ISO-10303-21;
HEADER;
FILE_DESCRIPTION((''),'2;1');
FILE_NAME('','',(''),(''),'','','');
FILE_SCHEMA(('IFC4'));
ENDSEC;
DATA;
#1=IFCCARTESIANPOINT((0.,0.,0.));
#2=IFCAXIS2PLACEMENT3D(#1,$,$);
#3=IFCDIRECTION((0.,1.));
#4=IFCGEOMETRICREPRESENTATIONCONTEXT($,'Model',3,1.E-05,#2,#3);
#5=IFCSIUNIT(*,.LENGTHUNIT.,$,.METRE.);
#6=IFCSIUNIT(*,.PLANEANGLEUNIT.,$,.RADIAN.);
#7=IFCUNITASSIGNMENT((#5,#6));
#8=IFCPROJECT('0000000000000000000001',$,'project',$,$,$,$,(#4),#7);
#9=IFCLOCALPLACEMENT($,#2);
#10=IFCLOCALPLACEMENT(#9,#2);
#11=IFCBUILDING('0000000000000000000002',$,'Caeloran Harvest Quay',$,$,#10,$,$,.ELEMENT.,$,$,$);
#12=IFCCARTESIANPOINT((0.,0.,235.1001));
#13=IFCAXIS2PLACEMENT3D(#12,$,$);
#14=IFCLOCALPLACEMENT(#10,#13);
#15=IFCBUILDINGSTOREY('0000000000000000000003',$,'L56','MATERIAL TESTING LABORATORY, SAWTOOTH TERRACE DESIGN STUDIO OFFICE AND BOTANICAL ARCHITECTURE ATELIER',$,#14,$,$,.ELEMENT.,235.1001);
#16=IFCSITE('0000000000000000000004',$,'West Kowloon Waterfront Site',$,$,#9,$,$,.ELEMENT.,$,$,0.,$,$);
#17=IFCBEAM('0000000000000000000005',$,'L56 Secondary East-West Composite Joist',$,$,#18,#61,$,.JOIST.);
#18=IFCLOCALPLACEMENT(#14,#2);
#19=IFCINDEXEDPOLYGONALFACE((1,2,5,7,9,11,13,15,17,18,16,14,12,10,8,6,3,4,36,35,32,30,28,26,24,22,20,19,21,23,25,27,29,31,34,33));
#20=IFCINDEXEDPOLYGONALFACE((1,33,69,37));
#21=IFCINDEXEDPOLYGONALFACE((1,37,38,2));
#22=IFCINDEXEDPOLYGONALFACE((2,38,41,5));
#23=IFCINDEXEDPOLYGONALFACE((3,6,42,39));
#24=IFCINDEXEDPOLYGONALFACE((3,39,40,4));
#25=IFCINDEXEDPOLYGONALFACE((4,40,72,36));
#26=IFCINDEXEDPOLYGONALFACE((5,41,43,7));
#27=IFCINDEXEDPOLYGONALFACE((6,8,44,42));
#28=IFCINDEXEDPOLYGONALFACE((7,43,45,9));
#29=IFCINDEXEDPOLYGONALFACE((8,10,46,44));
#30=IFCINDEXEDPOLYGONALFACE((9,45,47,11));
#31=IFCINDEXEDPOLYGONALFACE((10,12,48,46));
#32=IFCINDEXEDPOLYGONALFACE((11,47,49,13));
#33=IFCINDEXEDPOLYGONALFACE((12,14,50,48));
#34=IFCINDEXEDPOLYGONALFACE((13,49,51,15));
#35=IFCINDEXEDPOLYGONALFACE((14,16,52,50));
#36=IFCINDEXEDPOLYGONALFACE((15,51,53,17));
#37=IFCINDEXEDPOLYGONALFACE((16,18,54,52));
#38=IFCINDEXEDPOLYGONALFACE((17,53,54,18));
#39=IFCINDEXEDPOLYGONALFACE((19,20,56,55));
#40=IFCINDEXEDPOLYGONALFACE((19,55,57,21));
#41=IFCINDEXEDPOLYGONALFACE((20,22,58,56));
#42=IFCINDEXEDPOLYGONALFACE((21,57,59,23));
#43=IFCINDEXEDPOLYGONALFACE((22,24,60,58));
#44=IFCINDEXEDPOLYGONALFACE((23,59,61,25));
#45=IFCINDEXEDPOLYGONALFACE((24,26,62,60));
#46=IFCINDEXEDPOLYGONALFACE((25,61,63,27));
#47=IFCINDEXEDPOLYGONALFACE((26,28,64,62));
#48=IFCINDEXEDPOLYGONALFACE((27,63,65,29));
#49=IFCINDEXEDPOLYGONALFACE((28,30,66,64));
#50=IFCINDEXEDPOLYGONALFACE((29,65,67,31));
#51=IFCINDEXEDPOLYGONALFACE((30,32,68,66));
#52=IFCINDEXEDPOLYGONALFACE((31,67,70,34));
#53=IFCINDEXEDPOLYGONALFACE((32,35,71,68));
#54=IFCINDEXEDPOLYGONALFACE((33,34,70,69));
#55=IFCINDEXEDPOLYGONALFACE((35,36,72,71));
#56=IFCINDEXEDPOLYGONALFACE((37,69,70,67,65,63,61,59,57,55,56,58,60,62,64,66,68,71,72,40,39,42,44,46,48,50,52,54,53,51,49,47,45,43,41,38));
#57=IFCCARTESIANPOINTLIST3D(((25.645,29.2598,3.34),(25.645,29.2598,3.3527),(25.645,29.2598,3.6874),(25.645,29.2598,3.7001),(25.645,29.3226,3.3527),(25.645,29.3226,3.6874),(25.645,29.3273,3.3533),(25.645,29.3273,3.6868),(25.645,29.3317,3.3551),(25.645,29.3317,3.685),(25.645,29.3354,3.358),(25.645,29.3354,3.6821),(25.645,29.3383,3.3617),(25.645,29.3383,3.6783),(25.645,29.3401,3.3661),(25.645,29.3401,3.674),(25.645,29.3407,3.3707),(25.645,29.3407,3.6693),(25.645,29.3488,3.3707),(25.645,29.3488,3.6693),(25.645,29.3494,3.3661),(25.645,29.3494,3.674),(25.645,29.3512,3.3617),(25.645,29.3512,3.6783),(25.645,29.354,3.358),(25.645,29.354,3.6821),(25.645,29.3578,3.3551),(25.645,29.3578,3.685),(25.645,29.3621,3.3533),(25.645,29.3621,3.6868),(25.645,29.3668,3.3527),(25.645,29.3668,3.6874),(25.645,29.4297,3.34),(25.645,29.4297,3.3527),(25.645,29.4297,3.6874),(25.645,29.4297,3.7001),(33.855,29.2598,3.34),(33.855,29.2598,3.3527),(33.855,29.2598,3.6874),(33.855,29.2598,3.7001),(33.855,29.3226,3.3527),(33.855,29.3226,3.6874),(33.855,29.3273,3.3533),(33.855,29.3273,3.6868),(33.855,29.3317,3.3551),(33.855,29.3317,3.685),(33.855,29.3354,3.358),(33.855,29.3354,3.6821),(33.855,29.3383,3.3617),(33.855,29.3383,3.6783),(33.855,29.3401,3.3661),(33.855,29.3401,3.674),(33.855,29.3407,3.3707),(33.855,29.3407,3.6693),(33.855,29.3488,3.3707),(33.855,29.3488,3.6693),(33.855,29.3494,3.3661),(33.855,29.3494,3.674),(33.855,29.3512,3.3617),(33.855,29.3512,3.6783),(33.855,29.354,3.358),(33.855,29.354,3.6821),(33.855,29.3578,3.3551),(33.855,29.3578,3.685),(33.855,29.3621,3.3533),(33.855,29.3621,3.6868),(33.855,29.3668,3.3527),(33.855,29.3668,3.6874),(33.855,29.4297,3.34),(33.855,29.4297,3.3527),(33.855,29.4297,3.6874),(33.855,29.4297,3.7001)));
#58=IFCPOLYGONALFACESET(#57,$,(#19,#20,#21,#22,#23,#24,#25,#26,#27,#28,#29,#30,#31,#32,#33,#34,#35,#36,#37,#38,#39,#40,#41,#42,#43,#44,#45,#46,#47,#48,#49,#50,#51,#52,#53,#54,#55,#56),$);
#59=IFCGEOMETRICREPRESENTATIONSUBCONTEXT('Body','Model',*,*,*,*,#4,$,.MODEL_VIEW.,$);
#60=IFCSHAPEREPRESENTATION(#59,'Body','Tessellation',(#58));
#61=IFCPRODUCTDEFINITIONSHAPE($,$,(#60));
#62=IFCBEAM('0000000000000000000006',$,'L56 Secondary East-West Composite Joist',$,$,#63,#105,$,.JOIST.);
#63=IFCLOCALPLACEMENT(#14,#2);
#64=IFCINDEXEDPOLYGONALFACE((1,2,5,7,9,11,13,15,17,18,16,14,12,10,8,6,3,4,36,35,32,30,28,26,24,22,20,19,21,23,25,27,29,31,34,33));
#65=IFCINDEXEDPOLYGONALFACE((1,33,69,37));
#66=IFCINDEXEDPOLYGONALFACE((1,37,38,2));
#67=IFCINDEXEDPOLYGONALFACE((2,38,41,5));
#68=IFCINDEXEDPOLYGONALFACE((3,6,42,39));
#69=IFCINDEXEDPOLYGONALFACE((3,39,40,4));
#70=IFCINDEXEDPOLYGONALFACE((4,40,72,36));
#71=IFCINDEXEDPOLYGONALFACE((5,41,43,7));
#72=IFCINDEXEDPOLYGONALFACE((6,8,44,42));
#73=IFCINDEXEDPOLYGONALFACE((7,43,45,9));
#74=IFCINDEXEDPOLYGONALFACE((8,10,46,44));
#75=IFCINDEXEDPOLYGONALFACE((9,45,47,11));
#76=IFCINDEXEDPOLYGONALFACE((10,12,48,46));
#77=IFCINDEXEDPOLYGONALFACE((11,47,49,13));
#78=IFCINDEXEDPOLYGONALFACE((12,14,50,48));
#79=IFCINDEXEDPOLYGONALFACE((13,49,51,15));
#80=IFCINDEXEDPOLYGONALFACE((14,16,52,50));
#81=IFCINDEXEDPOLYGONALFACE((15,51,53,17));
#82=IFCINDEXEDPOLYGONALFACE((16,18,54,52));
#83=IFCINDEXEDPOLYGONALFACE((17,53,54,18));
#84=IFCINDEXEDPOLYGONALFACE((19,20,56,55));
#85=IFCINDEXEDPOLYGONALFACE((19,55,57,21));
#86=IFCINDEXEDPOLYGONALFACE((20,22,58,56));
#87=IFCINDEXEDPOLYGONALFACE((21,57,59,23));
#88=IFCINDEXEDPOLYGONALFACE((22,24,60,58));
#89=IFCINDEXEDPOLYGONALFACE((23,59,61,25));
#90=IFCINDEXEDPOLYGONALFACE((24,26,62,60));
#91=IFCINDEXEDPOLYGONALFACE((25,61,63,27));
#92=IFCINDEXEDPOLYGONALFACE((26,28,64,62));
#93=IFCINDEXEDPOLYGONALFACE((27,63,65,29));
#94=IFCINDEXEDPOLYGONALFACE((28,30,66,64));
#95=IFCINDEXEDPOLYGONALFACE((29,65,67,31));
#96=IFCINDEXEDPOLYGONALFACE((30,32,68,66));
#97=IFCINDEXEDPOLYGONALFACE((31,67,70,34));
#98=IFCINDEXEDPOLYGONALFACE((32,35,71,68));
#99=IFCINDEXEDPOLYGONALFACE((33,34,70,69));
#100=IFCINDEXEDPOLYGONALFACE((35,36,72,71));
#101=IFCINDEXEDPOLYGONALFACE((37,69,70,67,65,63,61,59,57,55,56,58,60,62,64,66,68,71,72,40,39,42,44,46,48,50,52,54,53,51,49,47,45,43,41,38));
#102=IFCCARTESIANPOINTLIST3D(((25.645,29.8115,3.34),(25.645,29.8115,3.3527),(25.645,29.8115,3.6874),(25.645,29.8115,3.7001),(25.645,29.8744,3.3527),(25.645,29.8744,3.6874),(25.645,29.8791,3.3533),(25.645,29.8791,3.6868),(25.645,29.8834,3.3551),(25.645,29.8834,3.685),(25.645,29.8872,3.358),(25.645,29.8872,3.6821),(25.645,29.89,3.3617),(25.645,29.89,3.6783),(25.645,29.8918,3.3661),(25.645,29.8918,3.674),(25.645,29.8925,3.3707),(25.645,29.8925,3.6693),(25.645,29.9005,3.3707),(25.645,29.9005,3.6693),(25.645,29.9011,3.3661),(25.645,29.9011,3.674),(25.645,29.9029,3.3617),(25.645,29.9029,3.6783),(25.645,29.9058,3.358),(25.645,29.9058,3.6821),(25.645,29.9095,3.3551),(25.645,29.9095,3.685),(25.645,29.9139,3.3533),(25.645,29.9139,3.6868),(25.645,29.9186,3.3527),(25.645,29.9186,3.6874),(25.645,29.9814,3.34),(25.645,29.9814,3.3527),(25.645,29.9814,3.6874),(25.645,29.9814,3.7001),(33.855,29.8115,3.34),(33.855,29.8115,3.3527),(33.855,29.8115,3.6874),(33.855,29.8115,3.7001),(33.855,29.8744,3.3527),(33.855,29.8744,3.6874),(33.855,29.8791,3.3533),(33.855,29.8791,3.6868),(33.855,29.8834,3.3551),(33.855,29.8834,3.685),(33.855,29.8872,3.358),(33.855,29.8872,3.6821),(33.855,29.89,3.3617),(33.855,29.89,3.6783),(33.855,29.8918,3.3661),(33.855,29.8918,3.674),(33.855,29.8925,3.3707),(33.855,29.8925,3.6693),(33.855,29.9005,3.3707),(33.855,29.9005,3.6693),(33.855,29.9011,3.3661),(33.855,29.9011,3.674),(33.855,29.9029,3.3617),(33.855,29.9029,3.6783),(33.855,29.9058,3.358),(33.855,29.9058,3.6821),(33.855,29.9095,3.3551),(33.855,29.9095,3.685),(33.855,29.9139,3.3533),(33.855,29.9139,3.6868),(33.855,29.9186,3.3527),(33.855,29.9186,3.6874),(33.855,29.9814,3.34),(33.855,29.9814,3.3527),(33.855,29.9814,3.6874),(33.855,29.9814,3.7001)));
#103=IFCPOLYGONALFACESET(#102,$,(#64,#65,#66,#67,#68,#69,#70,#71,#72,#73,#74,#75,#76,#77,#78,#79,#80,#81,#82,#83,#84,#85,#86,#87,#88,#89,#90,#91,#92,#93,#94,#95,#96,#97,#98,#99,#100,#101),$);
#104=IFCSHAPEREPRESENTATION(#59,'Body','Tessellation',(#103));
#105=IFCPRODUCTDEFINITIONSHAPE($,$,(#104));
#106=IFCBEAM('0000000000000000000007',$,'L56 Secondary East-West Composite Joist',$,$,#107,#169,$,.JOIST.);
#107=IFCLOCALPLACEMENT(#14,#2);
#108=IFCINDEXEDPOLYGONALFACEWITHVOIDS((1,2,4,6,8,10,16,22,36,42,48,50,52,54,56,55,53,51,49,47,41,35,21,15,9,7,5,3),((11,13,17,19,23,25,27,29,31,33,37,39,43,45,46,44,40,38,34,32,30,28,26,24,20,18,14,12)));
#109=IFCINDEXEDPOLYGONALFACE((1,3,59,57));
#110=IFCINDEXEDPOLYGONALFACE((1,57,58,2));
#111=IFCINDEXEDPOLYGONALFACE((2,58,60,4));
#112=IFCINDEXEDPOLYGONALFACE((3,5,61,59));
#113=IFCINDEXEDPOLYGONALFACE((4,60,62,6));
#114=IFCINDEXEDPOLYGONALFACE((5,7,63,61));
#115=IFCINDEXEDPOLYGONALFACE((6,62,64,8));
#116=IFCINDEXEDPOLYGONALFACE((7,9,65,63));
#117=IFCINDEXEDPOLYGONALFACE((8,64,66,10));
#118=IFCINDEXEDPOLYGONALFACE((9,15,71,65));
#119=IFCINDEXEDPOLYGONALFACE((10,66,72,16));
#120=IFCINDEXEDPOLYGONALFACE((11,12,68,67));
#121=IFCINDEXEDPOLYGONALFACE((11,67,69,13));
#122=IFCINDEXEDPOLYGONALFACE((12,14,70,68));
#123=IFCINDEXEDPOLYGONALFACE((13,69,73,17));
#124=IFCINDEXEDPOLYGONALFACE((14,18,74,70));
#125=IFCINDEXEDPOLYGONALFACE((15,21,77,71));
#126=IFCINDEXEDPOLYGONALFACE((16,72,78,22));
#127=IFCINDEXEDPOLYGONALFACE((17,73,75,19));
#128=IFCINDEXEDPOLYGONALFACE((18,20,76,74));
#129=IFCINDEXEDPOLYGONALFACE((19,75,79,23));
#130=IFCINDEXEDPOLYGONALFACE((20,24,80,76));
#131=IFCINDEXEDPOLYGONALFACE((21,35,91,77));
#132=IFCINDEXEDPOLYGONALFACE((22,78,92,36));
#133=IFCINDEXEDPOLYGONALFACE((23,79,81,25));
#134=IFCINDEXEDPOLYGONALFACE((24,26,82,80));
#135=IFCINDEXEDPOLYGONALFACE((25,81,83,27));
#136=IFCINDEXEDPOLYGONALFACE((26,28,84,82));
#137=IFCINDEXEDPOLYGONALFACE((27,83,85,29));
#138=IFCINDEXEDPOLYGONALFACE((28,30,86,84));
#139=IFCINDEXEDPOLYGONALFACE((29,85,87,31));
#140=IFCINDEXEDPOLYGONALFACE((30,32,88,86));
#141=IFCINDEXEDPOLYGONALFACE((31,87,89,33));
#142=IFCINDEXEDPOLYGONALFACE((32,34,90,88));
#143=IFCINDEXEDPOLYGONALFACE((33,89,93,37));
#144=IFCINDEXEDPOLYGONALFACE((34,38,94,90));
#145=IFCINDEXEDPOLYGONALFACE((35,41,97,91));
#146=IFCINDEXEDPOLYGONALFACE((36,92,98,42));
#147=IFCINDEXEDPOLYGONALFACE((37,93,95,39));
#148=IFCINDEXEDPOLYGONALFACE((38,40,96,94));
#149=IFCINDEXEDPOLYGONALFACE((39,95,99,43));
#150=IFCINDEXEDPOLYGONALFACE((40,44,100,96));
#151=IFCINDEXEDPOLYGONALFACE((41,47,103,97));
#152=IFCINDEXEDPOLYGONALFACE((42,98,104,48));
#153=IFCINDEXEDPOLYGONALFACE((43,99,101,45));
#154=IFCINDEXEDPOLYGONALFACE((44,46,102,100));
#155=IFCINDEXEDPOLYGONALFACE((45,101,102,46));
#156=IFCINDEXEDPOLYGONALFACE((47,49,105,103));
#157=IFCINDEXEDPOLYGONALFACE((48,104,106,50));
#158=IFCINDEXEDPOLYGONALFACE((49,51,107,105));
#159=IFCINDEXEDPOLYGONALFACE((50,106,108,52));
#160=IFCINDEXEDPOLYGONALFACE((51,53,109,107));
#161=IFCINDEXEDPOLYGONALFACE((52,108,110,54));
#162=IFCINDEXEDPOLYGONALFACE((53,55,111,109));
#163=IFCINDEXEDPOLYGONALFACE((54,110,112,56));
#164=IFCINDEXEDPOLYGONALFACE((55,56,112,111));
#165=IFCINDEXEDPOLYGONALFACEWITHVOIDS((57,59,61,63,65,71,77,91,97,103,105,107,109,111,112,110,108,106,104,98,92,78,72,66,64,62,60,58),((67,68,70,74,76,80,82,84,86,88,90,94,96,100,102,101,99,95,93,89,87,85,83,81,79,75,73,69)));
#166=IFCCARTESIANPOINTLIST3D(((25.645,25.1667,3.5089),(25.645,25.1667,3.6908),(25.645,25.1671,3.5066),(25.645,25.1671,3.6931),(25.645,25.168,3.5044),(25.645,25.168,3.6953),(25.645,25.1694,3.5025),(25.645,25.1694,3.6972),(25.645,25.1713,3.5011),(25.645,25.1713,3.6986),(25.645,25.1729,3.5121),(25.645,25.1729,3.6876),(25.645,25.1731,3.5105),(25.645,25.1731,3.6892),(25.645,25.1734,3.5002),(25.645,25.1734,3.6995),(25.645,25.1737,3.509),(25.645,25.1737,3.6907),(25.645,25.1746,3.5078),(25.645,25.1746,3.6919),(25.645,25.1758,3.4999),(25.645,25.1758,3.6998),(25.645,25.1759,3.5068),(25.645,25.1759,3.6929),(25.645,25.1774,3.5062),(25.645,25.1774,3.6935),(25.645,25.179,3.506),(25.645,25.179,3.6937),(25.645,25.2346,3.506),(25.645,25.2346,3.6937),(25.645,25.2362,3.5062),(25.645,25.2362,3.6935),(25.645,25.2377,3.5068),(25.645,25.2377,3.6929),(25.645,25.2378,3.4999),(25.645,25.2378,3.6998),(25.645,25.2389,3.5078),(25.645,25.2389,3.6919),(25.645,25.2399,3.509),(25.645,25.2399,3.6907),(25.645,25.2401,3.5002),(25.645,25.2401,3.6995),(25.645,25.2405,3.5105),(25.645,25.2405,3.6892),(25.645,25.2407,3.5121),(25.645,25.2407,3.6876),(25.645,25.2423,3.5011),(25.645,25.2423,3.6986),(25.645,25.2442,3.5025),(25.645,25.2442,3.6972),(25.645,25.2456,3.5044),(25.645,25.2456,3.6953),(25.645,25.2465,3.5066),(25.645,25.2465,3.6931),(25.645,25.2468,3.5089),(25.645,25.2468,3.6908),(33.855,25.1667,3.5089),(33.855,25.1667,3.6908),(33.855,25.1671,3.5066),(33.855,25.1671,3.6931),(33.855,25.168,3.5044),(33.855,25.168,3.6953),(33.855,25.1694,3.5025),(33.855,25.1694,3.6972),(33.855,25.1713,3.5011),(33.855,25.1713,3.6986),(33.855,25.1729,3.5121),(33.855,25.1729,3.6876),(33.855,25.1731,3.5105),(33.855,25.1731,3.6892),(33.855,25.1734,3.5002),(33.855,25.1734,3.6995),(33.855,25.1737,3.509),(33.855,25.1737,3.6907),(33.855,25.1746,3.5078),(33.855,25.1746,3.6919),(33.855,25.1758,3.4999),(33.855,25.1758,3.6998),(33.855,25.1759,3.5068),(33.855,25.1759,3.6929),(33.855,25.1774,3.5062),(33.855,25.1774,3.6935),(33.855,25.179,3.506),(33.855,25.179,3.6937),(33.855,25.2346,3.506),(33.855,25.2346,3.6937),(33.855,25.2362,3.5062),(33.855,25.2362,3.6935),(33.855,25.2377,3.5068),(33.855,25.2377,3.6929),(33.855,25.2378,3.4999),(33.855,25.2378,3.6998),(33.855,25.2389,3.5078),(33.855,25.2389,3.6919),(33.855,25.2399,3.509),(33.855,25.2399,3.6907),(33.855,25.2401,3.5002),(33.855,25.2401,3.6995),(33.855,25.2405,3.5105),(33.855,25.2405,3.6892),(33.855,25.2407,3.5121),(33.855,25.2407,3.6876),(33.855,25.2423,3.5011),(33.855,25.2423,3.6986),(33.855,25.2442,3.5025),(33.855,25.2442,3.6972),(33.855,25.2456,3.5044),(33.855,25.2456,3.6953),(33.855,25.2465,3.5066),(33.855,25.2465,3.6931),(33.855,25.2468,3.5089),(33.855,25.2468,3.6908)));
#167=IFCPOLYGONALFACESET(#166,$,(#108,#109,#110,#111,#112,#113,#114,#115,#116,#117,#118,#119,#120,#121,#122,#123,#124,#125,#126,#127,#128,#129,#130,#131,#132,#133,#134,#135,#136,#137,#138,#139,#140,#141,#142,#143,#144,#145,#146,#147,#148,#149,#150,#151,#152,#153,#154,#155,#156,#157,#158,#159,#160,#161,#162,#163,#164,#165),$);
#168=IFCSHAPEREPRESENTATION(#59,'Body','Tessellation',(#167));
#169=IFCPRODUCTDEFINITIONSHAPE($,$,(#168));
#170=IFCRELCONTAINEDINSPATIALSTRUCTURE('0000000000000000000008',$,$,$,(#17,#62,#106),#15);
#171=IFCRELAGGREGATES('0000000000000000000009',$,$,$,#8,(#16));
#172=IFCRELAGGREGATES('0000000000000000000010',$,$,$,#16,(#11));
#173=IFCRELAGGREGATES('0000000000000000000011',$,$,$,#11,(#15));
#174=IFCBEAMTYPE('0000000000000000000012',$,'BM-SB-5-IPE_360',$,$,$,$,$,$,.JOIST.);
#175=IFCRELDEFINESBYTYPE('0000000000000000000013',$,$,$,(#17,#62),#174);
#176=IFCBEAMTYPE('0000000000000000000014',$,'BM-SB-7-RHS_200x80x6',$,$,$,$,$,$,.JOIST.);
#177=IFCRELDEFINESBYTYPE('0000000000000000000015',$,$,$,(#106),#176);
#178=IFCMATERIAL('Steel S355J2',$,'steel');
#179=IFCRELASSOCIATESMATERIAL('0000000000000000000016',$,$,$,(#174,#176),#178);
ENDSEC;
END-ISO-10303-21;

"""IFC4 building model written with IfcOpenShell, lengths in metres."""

from ifc_helpers import new_model, si_unit, direction, frame, origin, origin_2d, place, context, subcontext, project, spatial, hollow_rectangle, i_section, extrude, material, material_profile, profile_set, type_object, element, save


model = new_model("IFC4")

# Units and contexts
model_context = context("Model", 3, precision=1e-05, world=origin(), true_north=direction((0.0, 1.0)))
body_context = subcontext(model_context, "Body", "Model", "MODEL_VIEW")
ifc_project = project(units=[si_unit("LENGTHUNIT", "METRE"), si_unit("PLANEANGLEUNIT", "RADIAN")], contexts=[model_context])

# Site, building, storey
site_placement = place(None, origin())
site = spatial("IfcSite", under=ifc_project, at=site_placement, Name="West Kowloon Waterfront Site", CompositionType="ELEMENT", RefElevation=0.0)
building_placement = place(site_placement, origin())
building = spatial("IfcBuilding", under=site, at=building_placement, Name="Caeloran Harvest Quay", CompositionType="ELEMENT")
storey_placement = place(building_placement, frame((0.0, 0.0, 235.1001)))
storey = spatial("IfcBuildingStorey", under=building, at=storey_placement, Name="L56", Description="MATERIAL TESTING LABORATORY, SAWTOOTH TERRACE DESIGN STUDIO OFFICE AND BOTANICAL ARCHITECTURE ATELIER", CompositionType="ELEMENT", Elevation=235.1001)

# Beams
ifc_material = material(Name="Steel S355J2", Category="steel")
ifc_material_profile_1 = material_profile(ifc_material, i_section(OverallWidth=0.1699, OverallDepth=0.3601, WebThickness=0.0081, FlangeThickness=0.0127, FilletRadius=0.0181, at=origin_2d()), Name="IPE 360")
ifc_profile_set_1 = profile_set([ifc_material_profile_1], Name="Steel S355J2")
beam_type_1 = type_object("IfcBeamType", Name="BM-SB-5-IPE_360", PredefinedType="JOIST", material=ifc_profile_set_1)
for number, where, z_axis, x_axis, name in (
    (1, (25.645, 29.3447, 3.52), (1.0, 0.0, 0.0), (0.0, 1.0, 0.0), "L56 Secondary East-West Composite Joist"),
    (2, (25.645, 29.8965, 3.52), (1.0, 0.0, 0.0), (0.0, 1.0, 0.0), "L56 Secondary East-West Composite Joist"),
):
    element("IfcBeam", number, at=place(storey_placement, frame(where, z_axis=z_axis, x_axis=x_axis)), inside=storey, type_object=beam_type_1, Name=name, PredefinedType="JOIST", context=body_context, shape_type="SweptSolid", body=[
        extrude(i_section(OverallWidth=0.1699, OverallDepth=0.3601, WebThickness=0.0081, FlangeThickness=0.0127, FilletRadius=0.0181, at=origin_2d()), origin(), (0.0, 0.0, 1.0), 8.21),
    ])
ifc_material_profile_2 = material_profile(ifc_material, hollow_rectangle(XDim=0.0801, YDim=0.2, WallThickness=0.0061, InnerFilletRadius=0.0061, OuterFilletRadius=0.009, at=origin_2d()), Name="RHS 200x80x6")
ifc_profile_set_2 = profile_set([ifc_material_profile_2], Name="Steel S355J2")
beam_type_2 = type_object("IfcBeamType", Name="BM-SB-7-RHS_200x80x6", PredefinedType="JOIST", material=ifc_profile_set_2)
for number, where, z_axis, x_axis, name in (
    (3, (25.645, 25.2068, 3.5999), (1.0, 0.0, 0.0), (0.0, 1.0, 0.0), "L56 Secondary East-West Composite Joist"),
):
    element("IfcBeam", number, at=place(storey_placement, frame(where, z_axis=z_axis, x_axis=x_axis)), inside=storey, type_object=beam_type_2, Name=name, PredefinedType="JOIST", context=body_context, shape_type="SweptSolid", body=[
        extrude(hollow_rectangle(XDim=0.0801, YDim=0.2, WallThickness=0.0061, InnerFilletRadius=0.0061, OuterFilletRadius=0.009, at=origin_2d()), origin(), (0.0, 0.0, 1.0), 8.21),
    ])

save(model, "model.ifc")
